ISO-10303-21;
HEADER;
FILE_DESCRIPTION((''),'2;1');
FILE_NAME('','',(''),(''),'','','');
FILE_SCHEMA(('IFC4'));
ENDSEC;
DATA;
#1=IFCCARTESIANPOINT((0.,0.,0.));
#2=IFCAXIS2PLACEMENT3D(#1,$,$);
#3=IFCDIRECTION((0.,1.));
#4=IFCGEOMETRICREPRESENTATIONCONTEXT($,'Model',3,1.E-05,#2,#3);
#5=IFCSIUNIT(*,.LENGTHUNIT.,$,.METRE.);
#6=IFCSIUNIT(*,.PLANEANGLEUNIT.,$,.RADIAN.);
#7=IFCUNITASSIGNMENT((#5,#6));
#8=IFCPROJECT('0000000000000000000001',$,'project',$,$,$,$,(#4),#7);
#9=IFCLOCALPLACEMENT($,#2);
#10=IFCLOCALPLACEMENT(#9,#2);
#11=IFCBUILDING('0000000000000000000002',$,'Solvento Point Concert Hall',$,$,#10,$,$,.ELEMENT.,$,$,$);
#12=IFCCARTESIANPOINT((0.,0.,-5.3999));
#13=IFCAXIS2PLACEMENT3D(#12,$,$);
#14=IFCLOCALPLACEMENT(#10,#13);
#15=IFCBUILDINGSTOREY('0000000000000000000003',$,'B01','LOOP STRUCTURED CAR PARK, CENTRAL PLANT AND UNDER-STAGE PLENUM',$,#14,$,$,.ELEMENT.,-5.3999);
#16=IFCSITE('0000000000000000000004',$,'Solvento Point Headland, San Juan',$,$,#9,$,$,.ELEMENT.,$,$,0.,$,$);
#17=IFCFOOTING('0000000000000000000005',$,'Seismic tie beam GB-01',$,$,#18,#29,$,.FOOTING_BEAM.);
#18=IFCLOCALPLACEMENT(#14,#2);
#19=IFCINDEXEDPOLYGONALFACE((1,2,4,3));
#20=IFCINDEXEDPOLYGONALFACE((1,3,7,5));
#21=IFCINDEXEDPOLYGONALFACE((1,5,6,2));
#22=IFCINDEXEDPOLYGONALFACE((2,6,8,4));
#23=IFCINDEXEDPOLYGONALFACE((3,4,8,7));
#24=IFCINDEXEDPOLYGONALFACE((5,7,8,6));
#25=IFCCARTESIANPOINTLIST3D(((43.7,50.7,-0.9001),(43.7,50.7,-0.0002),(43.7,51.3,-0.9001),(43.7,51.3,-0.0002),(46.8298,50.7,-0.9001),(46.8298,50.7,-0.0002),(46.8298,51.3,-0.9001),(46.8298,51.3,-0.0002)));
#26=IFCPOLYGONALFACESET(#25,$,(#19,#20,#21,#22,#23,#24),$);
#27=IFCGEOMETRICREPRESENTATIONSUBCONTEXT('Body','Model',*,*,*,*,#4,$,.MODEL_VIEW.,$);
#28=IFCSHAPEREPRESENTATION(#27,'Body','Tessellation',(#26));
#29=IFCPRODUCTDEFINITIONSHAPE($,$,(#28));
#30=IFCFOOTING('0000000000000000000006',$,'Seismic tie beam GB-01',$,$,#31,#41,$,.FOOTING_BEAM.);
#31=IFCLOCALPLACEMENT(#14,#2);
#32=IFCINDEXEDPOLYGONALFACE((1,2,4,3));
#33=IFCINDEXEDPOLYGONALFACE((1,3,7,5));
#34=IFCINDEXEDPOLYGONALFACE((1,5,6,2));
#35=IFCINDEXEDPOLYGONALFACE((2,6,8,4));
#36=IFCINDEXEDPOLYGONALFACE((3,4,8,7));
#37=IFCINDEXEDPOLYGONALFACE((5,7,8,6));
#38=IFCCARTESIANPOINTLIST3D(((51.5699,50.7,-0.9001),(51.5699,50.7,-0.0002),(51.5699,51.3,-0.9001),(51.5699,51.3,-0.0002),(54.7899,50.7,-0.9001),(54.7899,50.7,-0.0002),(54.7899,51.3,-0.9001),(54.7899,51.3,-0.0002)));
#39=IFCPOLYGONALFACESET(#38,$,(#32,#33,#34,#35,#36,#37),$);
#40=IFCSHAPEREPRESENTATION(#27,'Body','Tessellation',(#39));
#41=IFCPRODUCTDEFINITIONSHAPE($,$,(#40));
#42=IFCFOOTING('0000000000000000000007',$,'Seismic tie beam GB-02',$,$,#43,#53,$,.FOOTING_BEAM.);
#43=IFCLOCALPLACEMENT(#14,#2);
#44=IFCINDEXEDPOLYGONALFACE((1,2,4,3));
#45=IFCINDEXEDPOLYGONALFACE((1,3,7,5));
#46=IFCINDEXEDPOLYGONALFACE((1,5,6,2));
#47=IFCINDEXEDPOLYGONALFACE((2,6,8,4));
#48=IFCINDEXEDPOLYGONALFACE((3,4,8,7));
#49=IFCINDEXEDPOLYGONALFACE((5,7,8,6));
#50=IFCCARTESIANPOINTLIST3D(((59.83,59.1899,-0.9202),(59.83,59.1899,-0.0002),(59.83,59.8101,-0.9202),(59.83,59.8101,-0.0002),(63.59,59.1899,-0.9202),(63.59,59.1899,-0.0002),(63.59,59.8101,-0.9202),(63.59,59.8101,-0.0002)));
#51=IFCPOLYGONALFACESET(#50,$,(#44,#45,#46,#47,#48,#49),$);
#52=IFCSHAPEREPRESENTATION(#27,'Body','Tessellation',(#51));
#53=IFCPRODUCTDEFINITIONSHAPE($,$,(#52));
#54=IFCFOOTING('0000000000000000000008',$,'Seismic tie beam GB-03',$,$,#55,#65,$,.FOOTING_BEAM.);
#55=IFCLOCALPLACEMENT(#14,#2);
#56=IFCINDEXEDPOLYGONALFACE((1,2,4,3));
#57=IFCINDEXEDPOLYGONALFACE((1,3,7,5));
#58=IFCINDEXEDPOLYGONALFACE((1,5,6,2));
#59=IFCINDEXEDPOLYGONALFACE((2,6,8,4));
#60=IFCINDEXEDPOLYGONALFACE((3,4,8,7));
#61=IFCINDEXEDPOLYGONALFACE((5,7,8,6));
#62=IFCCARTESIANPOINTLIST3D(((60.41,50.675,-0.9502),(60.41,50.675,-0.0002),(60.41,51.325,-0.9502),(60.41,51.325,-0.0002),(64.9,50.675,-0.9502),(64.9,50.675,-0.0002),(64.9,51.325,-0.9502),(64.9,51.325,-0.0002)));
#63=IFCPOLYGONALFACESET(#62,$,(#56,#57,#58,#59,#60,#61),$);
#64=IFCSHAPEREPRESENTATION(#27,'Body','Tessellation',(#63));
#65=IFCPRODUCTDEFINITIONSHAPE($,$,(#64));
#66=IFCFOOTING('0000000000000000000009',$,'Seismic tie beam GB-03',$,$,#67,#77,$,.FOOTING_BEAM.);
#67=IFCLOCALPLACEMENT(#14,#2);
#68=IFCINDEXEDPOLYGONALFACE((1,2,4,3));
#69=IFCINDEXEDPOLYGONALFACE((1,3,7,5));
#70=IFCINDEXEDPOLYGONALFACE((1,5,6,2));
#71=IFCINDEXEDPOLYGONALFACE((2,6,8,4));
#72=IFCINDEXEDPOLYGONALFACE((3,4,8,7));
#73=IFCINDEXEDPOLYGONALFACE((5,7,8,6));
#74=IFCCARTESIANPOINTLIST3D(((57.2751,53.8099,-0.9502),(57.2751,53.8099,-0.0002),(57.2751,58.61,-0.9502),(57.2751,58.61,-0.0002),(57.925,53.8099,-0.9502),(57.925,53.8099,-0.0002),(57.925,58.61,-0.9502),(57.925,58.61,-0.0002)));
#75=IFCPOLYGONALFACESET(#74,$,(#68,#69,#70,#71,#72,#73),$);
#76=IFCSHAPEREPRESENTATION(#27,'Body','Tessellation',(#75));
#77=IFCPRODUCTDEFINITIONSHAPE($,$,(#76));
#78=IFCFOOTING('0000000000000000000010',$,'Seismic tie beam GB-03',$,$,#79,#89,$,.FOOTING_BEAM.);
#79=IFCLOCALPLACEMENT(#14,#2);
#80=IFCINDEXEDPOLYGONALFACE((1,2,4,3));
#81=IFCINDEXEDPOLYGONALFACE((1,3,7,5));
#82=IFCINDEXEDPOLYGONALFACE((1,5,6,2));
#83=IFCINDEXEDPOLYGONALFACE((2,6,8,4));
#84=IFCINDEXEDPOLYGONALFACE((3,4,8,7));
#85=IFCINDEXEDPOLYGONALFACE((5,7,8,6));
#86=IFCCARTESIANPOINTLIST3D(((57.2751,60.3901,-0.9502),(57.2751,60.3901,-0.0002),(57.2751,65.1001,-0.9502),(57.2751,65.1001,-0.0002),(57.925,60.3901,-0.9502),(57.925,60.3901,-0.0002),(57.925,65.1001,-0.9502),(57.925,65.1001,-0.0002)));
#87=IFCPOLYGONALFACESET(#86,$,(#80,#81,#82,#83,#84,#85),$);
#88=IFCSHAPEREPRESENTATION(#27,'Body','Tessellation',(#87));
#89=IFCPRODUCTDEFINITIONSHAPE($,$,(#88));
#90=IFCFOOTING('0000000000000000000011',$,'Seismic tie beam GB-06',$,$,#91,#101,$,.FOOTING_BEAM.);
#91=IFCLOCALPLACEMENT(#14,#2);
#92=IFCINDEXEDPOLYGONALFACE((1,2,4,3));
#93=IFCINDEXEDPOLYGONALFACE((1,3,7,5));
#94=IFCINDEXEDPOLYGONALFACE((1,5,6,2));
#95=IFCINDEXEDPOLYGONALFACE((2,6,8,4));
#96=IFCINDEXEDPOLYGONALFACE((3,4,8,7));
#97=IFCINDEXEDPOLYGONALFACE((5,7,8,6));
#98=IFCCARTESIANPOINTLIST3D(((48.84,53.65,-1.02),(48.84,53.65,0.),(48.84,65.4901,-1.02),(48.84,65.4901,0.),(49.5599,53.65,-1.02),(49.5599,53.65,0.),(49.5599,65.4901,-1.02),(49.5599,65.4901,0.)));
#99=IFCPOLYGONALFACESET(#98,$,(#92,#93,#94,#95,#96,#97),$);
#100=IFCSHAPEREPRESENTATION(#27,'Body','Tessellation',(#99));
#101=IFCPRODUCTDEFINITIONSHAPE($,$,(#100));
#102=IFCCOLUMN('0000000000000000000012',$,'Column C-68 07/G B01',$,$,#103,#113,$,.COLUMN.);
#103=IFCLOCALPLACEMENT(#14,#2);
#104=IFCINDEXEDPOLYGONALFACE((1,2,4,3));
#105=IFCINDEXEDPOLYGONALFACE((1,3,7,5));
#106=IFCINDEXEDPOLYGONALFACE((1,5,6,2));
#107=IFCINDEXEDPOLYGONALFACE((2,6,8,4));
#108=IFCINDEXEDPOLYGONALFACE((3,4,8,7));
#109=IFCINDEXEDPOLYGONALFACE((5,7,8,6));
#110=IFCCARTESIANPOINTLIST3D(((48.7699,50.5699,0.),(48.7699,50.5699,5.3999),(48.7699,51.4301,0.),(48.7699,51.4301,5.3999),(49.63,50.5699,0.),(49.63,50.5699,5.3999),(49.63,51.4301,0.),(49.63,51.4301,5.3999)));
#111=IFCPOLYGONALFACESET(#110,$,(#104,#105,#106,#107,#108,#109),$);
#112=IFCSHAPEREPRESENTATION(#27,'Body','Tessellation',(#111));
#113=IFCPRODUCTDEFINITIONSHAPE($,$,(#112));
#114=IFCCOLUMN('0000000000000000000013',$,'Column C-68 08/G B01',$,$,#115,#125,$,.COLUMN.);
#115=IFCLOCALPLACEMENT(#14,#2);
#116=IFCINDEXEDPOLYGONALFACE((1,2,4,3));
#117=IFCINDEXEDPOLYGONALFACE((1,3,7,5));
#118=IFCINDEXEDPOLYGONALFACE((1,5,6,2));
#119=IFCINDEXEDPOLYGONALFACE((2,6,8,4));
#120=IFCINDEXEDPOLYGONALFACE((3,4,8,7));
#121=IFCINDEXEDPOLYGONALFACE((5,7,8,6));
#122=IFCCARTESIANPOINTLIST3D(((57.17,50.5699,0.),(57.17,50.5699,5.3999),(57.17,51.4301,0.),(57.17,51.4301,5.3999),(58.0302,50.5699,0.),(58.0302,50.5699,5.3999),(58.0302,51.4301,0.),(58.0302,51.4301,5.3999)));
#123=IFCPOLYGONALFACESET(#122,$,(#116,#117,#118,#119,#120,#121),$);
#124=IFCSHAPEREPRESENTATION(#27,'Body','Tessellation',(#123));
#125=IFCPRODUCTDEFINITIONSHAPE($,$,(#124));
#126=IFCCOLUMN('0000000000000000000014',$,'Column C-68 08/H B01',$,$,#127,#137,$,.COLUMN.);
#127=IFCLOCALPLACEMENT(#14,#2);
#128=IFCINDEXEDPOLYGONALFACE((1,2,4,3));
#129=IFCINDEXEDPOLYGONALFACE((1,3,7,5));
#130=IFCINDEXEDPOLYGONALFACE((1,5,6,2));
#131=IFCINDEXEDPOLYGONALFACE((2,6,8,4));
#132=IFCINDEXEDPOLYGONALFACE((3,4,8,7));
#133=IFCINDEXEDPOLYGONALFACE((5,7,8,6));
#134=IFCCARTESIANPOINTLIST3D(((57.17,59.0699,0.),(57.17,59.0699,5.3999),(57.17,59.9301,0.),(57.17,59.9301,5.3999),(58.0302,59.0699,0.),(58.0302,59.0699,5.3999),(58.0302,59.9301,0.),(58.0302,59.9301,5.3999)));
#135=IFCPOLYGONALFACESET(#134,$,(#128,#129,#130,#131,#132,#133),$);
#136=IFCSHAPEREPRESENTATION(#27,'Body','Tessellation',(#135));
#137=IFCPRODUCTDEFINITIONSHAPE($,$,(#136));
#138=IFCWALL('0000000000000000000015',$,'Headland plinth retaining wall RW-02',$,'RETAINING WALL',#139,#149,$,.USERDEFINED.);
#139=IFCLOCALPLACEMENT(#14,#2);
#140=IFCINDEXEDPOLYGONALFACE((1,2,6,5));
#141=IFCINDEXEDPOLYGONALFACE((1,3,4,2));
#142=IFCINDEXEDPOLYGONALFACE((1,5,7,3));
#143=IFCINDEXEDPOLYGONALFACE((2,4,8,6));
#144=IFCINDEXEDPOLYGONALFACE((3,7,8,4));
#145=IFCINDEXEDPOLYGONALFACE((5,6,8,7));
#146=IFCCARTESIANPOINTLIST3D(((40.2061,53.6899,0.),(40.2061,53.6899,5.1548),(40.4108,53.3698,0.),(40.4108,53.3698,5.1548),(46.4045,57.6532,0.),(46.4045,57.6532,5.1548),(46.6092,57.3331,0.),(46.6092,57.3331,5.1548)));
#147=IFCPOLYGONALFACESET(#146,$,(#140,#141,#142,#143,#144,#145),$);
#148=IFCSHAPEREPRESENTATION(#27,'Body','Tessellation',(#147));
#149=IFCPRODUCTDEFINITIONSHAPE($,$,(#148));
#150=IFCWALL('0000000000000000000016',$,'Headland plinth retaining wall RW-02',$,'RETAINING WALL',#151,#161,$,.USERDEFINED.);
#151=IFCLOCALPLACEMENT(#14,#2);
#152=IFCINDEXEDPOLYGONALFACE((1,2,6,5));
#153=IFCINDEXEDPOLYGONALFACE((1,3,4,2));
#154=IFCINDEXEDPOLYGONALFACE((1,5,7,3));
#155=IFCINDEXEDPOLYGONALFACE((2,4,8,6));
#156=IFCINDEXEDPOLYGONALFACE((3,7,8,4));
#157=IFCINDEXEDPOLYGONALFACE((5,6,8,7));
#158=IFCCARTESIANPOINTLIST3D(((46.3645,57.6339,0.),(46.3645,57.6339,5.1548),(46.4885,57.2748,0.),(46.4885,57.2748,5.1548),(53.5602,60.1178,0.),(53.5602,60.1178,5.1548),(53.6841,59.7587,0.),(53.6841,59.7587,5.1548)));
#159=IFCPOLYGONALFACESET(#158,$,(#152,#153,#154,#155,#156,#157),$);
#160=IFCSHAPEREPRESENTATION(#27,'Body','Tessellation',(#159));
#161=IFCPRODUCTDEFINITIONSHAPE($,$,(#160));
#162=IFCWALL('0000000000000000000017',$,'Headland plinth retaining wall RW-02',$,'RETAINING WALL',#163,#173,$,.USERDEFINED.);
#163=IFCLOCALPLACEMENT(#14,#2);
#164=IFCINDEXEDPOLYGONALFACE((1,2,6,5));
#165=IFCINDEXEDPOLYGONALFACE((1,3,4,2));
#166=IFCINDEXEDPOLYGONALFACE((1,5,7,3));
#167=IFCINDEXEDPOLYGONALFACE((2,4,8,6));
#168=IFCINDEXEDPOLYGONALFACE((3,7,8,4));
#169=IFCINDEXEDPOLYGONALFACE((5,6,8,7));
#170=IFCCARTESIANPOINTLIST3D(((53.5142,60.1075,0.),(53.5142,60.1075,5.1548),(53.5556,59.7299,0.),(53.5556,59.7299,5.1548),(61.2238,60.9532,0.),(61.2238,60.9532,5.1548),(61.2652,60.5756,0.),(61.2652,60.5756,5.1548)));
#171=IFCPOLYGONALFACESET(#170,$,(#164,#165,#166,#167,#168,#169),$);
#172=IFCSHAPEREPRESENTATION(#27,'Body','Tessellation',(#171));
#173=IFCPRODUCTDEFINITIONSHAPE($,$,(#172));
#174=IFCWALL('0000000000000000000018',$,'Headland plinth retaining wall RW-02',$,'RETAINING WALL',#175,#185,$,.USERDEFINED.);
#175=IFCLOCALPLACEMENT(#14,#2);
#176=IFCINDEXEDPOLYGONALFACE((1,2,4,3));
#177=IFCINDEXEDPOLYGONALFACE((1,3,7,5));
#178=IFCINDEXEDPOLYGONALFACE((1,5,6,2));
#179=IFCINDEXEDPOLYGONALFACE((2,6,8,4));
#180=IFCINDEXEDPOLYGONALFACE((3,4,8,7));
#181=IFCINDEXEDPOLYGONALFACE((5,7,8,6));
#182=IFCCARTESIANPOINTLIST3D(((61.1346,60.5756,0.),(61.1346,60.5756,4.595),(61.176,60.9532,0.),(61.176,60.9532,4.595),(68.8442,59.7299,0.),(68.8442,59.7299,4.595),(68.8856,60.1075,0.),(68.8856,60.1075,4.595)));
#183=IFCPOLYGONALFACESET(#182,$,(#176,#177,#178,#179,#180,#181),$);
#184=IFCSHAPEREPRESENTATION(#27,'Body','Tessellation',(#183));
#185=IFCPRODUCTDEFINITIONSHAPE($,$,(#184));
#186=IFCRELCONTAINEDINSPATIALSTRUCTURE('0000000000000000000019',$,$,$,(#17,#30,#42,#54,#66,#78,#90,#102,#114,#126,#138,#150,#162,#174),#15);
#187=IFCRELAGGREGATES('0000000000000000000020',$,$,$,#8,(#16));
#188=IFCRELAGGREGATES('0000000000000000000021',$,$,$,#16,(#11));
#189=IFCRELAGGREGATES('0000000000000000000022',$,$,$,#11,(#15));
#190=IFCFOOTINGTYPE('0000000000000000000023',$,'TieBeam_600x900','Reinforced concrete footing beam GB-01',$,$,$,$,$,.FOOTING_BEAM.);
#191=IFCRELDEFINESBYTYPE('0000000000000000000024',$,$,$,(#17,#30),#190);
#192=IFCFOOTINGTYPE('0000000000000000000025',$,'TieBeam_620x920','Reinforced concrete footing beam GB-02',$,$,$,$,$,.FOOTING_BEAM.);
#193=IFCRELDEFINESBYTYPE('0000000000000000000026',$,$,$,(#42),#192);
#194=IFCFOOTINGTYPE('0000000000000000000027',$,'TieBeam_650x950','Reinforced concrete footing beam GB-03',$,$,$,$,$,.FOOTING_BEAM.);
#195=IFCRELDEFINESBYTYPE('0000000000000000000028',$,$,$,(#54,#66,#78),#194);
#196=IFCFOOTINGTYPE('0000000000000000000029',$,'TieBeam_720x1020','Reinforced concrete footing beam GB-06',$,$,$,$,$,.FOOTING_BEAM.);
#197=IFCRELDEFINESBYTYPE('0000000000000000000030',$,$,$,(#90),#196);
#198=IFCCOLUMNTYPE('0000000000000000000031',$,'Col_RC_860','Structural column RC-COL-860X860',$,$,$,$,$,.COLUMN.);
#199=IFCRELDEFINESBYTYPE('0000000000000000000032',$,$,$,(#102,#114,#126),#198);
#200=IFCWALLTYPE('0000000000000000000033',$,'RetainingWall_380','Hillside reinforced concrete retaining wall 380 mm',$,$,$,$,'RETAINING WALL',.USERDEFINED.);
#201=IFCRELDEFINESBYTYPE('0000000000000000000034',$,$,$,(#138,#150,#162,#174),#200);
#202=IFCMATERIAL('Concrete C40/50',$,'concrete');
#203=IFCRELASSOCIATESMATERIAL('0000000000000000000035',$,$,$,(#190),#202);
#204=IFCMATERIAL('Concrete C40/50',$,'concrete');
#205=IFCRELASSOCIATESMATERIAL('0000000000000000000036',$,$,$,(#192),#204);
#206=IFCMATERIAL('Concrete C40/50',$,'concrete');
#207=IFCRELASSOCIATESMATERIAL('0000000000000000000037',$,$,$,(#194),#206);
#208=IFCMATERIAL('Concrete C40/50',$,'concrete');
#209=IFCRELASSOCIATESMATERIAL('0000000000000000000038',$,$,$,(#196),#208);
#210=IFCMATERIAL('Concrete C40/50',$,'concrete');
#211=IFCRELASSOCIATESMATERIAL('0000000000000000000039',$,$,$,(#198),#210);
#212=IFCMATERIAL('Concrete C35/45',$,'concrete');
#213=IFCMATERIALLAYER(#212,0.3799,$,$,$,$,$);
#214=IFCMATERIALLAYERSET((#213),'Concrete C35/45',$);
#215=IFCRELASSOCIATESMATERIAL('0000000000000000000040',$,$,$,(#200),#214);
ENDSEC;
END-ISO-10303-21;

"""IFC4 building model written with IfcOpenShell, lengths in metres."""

from ifc_helpers import new_model, si_unit, direction, frame, frame_2d, origin, origin_2d, place, context, subcontext, project, spatial, rectangle, extrude, material, layer, layer_set, material_profile, profile_set, type_object, element, save


model = new_model("IFC4")

# Units and contexts
model_context = context("Model", 3, precision=1e-05, world=origin(), true_north=direction((0.0, 1.0)))
body_context = subcontext(model_context, "Body", "Model", "MODEL_VIEW")
ifc_project = project(units=[si_unit("LENGTHUNIT", "METRE"), si_unit("PLANEANGLEUNIT", "RADIAN")], contexts=[model_context])

# Site, building, storey
site_placement = place(None, origin())
site = spatial("IfcSite", under=ifc_project, at=site_placement, Name="Solvento Point Headland, San Juan", CompositionType="ELEMENT", RefElevation=0.0)
building_placement = place(site_placement, origin())
building = spatial("IfcBuilding", under=site, at=building_placement, Name="Solvento Point Concert Hall", CompositionType="ELEMENT")
storey_placement = place(building_placement, frame((0.0, 0.0, -5.3999)))
storey = spatial("IfcBuildingStorey", under=building, at=storey_placement, Name="B01", Description="LOOP STRUCTURED CAR PARK, CENTRAL PLANT AND UNDER-STAGE PLENUM", CompositionType="ELEMENT", Elevation=-5.3999)

# Footings
ifc_material_1 = material(Name="Concrete C40/50", Category="concrete")
footing_type_1 = type_object("IfcFootingType", Name="TieBeam_600x900", Description="Reinforced concrete footing beam GB-01", PredefinedType="FOOTING_BEAM", material=ifc_material_1)
footing_1_placement = place(storey_placement, frame((45.2649, 51.0, -0.9001), z_axis=(0.0, 0.0, 1.0), x_axis=(1.0, 0.0, 0.0)))
element("IfcFooting", 1, at=footing_1_placement, inside=storey, type_object=footing_type_1, Name="Seismic tie beam GB-01", PredefinedType="FOOTING_BEAM", context=body_context, shape_type="SweptSolid", body=[
    extrude(rectangle(XDim=3.1299, YDim=0.6001, at=origin_2d()), origin(), (0.0, 0.0, 1.0), 0.8999),
])
footing_2_placement = place(storey_placement, frame((53.1799, 51.0, -0.9001), z_axis=(0.0, 0.0, 1.0), x_axis=(1.0, 0.0, 0.0)))
element("IfcFooting", 2, at=footing_2_placement, inside=storey, type_object=footing_type_1, Name="Seismic tie beam GB-01", PredefinedType="FOOTING_BEAM", context=body_context, shape_type="SweptSolid", body=[
    extrude(rectangle(XDim=3.22, YDim=0.6001, at=origin_2d()), origin(), (0.0, 0.0, 1.0), 0.8999),
])
ifc_material_2 = material(Name="Concrete C40/50", Category="concrete")
footing_type_2 = type_object("IfcFootingType", Name="TieBeam_620x920", Description="Reinforced concrete footing beam GB-02", PredefinedType="FOOTING_BEAM", material=ifc_material_2)
footing_3_placement = place(storey_placement, frame((61.71, 59.5, -0.9202), z_axis=(0.0, 0.0, 1.0), x_axis=(1.0, 0.0, 0.0)))
element("IfcFooting", 3, at=footing_3_placement, inside=storey, type_object=footing_type_2, Name="Seismic tie beam GB-02", PredefinedType="FOOTING_BEAM", context=body_context, shape_type="SweptSolid", body=[
    extrude(rectangle(XDim=3.76, YDim=0.6201, at=origin_2d()), origin(), (0.0, 0.0, 1.0), 0.9199),
])
ifc_material_3 = material(Name="Concrete C40/50", Category="concrete")
footing_type_3 = type_object("IfcFootingType", Name="TieBeam_650x950", Description="Reinforced concrete footing beam GB-03", PredefinedType="FOOTING_BEAM", material=ifc_material_3)
footing_4_placement = place(storey_placement, frame((62.655, 51.0, -0.9502), z_axis=(0.0, 0.0, 1.0), x_axis=(1.0, 0.0, 0.0)))
element("IfcFooting", 4, at=footing_4_placement, inside=storey, type_object=footing_type_3, Name="Seismic tie beam GB-03", PredefinedType="FOOTING_BEAM", context=body_context, shape_type="SweptSolid", body=[
    extrude(rectangle(XDim=4.49, YDim=0.6499, at=origin_2d()), origin(), (0.0, 0.0, 1.0), 0.95),
])
footing_5_placement = place(storey_placement, frame((57.6001, 56.21, -0.9502), z_axis=(0.0, 0.0, 1.0), x_axis=(0.0, 1.0, 0.0)))
element("IfcFooting", 5, at=footing_5_placement, inside=storey, type_object=footing_type_3, Name="Seismic tie beam GB-03", PredefinedType="FOOTING_BEAM", context=body_context, shape_type="SweptSolid", body=[
    extrude(rectangle(XDim=4.8, YDim=0.6499, at=origin_2d()), origin(), (0.0, 0.0, 1.0), 0.95),
])
footing_6_placement = place(storey_placement, frame((57.6001, 62.7451, -0.9502), z_axis=(0.0, 0.0, 1.0), x_axis=(0.0, 1.0, 0.0)))
element("IfcFooting", 6, at=footing_6_placement, inside=storey, type_object=footing_type_3, Name="Seismic tie beam GB-03", PredefinedType="FOOTING_BEAM", context=body_context, shape_type="SweptSolid", body=[
    extrude(rectangle(XDim=4.71, YDim=0.6499, at=origin_2d()), origin(), (0.0, 0.0, 1.0), 0.95),
])
ifc_material_4 = material(Name="Concrete C40/50", Category="concrete")
footing_type_4 = type_object("IfcFootingType", Name="TieBeam_720x1020", Description="Reinforced concrete footing beam GB-06", PredefinedType="FOOTING_BEAM", material=ifc_material_4)
footing_7_placement = place(storey_placement, frame((49.2, 59.5701, -1.02), z_axis=(0.0, 0.0, 1.0), x_axis=(0.0, 1.0, 0.0)))
element("IfcFooting", 7, at=footing_7_placement, inside=storey, type_object=footing_type_4, Name="Seismic tie beam GB-06", PredefinedType="FOOTING_BEAM", context=body_context, shape_type="SweptSolid", body=[
    extrude(rectangle(XDim=11.8401, YDim=0.72, at=origin_2d()), origin(), (0.0, 0.0, 1.0), 1.02),
])

# Columns
ifc_material_5 = material(Name="Concrete C40/50", Category="concrete")
ifc_material_profile_1 = material_profile(ifc_material_5, rectangle(XDim=0.8601, YDim=0.8601, at=origin_2d()), Name="RC-COL-860X860")
ifc_profile_set_1 = profile_set([ifc_material_profile_1], Name="Concrete C40/50")
column_type = type_object("IfcColumnType", Name="Col_RC_860", Description="Structural column RC-COL-860X860", PredefinedType="COLUMN", material=ifc_profile_set_1)
for number, where, z_axis, x_axis, name in (
    (8, (49.2, 51.0, 0.0), (0.0, 0.0, 1.0), (1.0, 0.0, 0.0), "Column C-68 07/G B01"),
    (9, (57.6001, 51.0, 0.0), (0.0, 0.0, 1.0), (1.0, 0.0, 0.0), "Column C-68 08/G B01"),
    (10, (57.6001, 59.5, 0.0), (0.0, 0.0, 1.0), (1.0, 0.0, 0.0), "Column C-68 08/H B01"),
):
    element("IfcColumn", number, at=place(storey_placement, frame(where, z_axis=z_axis, x_axis=x_axis)), inside=storey, type_object=column_type, Name=name, PredefinedType="COLUMN", context=body_context, shape_type="SweptSolid", body=[
        extrude(rectangle(XDim=0.8601, YDim=0.8601, at=origin_2d()), origin(), (0.0, 0.0, 1.0), 5.3999),
    ])

# Walls
ifc_material_6 = material(Name="Concrete C35/45", Category="concrete")
ifc_layer = layer(ifc_material_6, 0.3799)
ifc_layer_set = layer_set([ifc_layer], Name="Concrete C35/45")
wall_type = type_object("IfcWallType", Name="RetainingWall_380", Description="Hillside reinforced concrete retaining wall 380 mm", ElementType="RETAINING WALL", PredefinedType="USERDEFINED", material=ifc_layer_set)
wall_1_placement = place(storey_placement, frame((40.3083, 53.5298, 0.0), z_axis=(0.0, 0.0, 1.0), x_axis=(0.842497, 0.538701, 0.0)))
element("IfcWall", 11, at=wall_1_placement, inside=storey, type_object=wall_type, Name="Headland plinth retaining wall RW-02", ObjectType="RETAINING WALL", PredefinedType="USERDEFINED", context=body_context, shape_type="SweptSolid", body=[
    extrude(rectangle(XDim=7.3572, YDim=0.3799, at=frame_2d((3.6787, 0.0))), origin(), (0.0, 0.0, 1.0), 5.1548),
])
wall_2_placement = place(storey_placement, frame((46.4265, 57.4543, 0.0), z_axis=(0.0, 0.0, 1.0), x_axis=(0.945265, 0.326303, 0.0)))
element("IfcWall", 12, at=wall_2_placement, inside=storey, type_object=wall_type, Name="Headland plinth retaining wall RW-02", ObjectType="RETAINING WALL", PredefinedType="USERDEFINED", context=body_context, shape_type="SweptSolid", body=[
    extrude(rectangle(XDim=7.6123, YDim=0.3799, at=frame_2d((3.8062, 0.0))), origin(), (0.0, 0.0, 1.0), 5.1548),
])
wall_3_placement = place(storey_placement, frame((53.5349, 59.9187, 0.0), z_axis=(0.0, 0.0, 1.0), x_axis=(0.994037, 0.109039, 0.0)))
element("IfcWall", 13, at=wall_3_placement, inside=storey, type_object=wall_type, Name="Headland plinth retaining wall RW-02", ObjectType="RETAINING WALL", PredefinedType="USERDEFINED", context=body_context, shape_type="SweptSolid", body=[
    extrude(rectangle(XDim=7.7559, YDim=0.3799, at=frame_2d((3.8779, 0.0))), origin(), (0.0, 0.0, 1.0), 5.1548),
])
wall_4_placement = place(storey_placement, frame((61.1553, 60.7644, 0.0), z_axis=(0.0, 0.0, 1.0), x_axis=(0.994037, -0.109039, 0.0)))
element("IfcWall", 14, at=wall_4_placement, inside=storey, type_object=wall_type, Name="Headland plinth retaining wall RW-02", ObjectType="RETAINING WALL", PredefinedType="USERDEFINED", context=body_context, shape_type="SweptSolid", body=[
    extrude(rectangle(XDim=7.7559, YDim=0.3799, at=frame_2d((3.8779, 0.0))), origin(), (0.0, 0.0, 1.0), 4.595),
])

save(model, "model.ifc")
